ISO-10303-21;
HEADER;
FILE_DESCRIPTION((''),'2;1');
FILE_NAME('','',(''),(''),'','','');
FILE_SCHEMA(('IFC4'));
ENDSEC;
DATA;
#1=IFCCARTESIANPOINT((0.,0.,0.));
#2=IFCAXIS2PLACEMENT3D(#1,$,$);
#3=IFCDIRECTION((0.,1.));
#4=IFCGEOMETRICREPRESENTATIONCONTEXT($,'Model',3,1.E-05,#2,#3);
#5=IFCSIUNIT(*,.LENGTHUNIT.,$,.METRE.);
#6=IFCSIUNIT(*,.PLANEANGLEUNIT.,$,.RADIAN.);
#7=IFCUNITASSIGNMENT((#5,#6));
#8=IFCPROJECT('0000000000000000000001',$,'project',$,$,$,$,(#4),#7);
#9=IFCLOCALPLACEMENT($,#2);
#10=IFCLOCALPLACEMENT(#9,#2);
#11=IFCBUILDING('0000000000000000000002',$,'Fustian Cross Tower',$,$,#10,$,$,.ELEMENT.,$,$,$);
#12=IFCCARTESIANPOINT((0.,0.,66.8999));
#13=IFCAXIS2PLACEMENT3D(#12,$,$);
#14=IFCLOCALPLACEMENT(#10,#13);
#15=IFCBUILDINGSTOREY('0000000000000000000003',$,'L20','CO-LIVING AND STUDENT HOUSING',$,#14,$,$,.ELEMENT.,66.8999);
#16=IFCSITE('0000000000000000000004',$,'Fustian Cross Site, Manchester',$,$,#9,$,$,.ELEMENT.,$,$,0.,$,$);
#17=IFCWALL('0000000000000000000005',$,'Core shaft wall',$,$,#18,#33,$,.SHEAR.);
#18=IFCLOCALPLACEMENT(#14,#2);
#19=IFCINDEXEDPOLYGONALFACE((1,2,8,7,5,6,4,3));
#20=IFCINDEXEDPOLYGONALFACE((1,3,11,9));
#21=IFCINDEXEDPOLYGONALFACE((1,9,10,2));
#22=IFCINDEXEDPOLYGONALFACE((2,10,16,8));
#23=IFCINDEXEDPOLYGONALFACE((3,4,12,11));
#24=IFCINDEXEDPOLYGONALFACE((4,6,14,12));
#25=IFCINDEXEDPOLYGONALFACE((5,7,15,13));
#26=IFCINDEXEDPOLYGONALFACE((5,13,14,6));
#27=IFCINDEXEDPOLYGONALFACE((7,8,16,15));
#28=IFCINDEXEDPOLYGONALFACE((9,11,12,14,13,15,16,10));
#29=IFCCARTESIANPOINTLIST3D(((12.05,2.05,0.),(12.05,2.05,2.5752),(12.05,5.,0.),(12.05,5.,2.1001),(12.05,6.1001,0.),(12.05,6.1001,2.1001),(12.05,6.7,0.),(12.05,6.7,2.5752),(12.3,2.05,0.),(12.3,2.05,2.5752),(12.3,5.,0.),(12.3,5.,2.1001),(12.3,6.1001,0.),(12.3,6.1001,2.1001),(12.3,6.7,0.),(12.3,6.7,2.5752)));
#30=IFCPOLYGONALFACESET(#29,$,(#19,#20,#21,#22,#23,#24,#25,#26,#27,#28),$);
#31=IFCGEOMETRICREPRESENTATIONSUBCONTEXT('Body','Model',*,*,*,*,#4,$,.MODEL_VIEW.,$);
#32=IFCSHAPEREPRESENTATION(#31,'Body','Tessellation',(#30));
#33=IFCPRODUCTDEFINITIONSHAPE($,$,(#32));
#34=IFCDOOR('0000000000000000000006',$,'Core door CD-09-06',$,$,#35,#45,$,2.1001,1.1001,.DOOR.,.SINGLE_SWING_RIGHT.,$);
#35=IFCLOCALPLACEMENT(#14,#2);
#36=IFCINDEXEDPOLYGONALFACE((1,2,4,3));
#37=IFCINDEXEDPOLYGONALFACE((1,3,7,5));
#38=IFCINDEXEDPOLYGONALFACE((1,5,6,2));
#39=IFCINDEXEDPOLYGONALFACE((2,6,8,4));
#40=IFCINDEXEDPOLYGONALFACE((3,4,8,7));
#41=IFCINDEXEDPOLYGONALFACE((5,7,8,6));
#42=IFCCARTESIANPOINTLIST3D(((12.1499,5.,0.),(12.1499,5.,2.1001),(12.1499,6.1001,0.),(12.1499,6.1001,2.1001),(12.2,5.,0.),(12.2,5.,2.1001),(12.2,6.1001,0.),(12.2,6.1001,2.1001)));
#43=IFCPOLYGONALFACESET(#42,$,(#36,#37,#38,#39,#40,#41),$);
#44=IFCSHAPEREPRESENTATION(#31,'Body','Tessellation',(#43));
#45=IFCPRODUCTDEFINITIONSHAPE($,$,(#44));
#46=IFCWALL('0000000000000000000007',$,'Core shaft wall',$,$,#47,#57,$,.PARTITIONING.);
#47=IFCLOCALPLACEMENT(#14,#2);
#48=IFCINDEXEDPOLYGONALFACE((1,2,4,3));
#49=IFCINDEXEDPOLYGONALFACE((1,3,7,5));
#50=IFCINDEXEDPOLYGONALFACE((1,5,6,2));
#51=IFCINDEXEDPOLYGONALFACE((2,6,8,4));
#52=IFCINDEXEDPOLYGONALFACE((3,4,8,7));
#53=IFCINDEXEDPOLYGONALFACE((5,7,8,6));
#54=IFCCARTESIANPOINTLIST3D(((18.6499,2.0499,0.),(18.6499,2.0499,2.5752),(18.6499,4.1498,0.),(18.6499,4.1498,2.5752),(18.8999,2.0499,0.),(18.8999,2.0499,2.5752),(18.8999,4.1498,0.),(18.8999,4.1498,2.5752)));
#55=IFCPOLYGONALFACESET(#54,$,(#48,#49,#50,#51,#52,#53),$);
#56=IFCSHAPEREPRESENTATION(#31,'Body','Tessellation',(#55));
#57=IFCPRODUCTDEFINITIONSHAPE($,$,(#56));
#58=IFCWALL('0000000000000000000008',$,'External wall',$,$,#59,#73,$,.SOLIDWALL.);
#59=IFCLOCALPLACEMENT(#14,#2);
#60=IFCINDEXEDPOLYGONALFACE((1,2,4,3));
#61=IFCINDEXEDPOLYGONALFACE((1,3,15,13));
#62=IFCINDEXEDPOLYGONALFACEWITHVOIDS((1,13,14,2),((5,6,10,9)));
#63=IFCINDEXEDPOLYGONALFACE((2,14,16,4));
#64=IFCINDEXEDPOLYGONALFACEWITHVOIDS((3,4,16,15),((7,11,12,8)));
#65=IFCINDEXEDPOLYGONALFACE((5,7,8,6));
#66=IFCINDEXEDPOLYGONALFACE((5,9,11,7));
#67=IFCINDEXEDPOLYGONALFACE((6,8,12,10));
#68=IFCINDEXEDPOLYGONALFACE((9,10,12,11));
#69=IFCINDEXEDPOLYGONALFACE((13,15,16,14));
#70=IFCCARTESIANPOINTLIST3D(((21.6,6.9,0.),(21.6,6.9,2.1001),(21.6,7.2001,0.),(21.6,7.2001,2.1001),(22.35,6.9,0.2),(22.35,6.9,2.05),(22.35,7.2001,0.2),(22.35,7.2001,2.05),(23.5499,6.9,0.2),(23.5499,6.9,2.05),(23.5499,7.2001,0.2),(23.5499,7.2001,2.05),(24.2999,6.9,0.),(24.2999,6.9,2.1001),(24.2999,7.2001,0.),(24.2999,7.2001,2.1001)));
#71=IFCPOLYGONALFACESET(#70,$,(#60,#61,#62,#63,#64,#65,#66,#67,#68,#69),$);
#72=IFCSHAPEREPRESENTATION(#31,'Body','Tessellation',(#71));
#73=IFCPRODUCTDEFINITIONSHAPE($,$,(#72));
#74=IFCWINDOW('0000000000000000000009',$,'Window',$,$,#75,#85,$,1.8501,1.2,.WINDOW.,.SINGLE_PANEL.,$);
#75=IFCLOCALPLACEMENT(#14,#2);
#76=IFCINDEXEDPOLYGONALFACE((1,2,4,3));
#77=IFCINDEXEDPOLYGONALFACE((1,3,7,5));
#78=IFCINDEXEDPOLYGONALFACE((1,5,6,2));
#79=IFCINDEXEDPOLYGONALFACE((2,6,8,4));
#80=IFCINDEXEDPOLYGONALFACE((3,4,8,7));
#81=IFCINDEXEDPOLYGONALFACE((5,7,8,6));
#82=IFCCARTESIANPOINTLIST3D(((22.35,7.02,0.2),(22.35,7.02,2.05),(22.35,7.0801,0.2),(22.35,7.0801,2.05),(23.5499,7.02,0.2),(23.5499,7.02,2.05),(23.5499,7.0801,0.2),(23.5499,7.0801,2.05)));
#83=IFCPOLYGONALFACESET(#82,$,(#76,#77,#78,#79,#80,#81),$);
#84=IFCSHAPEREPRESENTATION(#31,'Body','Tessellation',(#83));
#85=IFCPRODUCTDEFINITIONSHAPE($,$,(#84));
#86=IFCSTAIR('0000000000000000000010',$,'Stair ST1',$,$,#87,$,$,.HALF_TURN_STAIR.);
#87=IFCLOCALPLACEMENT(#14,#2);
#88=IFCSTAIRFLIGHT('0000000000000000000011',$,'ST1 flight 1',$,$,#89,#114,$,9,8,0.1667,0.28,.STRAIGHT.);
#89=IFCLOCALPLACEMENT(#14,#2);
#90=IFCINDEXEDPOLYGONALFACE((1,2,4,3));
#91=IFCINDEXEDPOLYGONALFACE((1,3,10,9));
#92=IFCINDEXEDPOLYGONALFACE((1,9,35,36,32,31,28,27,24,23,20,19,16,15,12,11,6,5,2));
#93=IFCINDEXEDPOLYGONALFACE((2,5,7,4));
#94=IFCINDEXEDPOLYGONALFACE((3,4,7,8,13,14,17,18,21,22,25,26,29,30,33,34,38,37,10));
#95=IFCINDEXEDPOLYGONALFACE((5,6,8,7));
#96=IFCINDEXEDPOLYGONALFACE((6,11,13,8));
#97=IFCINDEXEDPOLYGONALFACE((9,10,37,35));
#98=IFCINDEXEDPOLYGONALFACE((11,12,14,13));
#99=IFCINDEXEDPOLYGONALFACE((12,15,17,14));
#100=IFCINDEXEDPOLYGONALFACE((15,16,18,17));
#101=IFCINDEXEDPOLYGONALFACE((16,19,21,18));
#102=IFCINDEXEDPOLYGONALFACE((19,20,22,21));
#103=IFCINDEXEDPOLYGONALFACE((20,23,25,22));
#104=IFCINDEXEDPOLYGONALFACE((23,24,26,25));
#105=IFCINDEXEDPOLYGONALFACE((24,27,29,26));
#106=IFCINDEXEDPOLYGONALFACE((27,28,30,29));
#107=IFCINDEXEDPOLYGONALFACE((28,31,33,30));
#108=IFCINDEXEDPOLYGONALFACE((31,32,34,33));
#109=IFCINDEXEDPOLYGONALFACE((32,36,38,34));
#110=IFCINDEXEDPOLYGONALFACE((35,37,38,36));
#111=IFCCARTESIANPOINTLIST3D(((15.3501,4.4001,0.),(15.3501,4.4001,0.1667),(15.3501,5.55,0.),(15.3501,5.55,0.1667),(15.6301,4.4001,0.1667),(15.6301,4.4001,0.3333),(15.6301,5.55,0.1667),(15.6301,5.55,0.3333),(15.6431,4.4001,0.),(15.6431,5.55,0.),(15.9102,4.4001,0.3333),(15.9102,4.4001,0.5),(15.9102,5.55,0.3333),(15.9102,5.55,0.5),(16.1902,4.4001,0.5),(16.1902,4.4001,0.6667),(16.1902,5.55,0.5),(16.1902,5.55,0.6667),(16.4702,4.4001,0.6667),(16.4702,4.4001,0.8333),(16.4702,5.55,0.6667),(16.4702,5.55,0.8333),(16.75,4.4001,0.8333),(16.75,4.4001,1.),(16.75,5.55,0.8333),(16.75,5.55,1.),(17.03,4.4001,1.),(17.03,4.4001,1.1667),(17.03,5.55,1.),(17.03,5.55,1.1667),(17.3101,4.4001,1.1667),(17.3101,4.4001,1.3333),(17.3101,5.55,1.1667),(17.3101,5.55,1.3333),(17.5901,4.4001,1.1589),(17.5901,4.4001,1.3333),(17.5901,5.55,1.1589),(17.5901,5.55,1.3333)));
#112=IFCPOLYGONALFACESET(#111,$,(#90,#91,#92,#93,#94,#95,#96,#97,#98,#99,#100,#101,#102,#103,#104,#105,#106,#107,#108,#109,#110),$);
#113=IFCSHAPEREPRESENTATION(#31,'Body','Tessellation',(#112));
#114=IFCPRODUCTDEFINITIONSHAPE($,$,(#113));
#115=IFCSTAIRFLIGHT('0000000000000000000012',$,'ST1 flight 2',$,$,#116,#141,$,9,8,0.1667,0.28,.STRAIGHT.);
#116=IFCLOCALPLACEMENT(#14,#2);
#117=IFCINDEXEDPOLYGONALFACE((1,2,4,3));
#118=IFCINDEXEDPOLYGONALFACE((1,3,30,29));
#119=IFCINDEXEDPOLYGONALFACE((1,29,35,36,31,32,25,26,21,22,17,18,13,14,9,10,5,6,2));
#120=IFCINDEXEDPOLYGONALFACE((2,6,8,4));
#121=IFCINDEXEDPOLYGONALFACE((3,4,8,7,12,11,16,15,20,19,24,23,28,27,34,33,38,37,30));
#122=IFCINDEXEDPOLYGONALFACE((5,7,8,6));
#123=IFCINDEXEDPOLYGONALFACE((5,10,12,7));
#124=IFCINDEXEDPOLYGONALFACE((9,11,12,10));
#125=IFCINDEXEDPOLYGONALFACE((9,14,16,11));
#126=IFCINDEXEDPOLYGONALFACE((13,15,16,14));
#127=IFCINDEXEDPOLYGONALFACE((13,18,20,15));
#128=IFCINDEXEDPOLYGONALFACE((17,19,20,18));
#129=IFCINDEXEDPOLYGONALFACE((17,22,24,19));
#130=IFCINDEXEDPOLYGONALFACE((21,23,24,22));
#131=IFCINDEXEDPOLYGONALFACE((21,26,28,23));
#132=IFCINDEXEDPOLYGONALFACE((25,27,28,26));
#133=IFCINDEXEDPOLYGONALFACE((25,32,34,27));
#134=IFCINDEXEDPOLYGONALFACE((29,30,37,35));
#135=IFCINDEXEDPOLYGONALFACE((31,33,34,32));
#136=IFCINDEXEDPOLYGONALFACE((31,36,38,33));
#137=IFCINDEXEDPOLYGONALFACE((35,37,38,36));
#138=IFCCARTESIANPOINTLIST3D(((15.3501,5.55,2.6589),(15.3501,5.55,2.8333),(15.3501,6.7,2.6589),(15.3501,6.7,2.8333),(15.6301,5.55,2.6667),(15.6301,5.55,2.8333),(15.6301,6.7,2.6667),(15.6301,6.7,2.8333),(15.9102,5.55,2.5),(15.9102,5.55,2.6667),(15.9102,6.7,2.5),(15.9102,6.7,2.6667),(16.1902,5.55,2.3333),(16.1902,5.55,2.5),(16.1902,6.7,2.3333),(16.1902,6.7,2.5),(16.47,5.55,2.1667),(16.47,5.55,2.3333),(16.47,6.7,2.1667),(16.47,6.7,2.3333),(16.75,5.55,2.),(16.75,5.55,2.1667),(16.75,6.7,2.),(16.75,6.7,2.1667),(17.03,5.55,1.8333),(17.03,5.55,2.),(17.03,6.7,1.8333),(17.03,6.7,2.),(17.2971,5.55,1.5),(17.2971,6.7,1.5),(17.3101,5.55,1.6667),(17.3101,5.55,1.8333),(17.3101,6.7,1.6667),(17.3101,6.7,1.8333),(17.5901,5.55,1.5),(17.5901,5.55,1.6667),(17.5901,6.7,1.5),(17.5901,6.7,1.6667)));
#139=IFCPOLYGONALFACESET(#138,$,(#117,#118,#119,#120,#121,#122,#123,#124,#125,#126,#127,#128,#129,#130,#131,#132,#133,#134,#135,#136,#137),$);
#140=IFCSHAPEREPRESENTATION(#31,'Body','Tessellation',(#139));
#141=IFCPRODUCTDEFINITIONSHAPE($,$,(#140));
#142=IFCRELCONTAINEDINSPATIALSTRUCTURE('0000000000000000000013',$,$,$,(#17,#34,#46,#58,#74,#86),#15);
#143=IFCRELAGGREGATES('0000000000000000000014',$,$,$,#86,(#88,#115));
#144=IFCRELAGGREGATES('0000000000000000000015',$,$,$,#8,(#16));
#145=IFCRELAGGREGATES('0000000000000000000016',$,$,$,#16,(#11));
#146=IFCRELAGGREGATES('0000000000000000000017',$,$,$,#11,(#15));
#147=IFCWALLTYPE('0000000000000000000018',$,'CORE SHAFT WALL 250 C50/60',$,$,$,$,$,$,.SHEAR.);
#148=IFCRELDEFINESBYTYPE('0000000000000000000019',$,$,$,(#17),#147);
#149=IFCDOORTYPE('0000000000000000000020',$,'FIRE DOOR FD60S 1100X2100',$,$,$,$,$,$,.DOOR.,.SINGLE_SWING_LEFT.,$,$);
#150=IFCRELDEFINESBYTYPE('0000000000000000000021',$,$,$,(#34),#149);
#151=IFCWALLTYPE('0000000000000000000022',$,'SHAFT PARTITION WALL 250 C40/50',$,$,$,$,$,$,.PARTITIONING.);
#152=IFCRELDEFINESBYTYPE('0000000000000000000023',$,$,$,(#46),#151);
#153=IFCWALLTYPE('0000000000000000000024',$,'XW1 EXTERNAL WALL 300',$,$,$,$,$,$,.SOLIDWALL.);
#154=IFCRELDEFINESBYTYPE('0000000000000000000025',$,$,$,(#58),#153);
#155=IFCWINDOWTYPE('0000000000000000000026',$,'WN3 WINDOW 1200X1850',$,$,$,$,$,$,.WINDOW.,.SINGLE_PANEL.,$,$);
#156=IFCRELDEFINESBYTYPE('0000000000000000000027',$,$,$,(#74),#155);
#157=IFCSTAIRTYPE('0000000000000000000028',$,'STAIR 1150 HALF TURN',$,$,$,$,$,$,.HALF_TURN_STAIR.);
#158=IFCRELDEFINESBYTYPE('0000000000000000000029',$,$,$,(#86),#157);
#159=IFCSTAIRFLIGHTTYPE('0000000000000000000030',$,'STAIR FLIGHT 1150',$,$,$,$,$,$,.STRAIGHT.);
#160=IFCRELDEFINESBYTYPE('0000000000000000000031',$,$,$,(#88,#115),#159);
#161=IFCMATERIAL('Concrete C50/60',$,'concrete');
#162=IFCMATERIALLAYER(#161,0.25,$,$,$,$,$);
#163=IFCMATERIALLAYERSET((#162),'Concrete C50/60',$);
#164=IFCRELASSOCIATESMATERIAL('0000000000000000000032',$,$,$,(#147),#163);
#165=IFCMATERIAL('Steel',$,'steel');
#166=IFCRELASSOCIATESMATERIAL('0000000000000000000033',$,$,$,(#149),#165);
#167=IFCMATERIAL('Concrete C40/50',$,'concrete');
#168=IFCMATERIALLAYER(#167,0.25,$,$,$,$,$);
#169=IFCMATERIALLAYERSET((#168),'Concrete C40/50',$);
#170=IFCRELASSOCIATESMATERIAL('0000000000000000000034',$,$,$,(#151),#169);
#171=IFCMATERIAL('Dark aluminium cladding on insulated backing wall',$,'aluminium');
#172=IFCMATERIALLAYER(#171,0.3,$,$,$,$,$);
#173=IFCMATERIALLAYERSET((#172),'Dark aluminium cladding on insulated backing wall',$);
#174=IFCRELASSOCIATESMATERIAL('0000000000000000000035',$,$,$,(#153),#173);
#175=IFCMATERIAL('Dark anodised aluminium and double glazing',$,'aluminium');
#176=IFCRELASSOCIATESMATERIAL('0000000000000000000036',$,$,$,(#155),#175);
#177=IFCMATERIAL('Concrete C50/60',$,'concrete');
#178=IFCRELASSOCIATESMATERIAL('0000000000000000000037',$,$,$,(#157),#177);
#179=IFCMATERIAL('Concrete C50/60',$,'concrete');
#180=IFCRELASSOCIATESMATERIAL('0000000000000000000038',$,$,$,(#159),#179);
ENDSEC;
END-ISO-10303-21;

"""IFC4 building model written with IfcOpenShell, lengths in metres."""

from ifc_helpers import new_model, si_unit, direction, frame, frame_2d, origin, place, context, subcontext, project, spatial, polyline, rectangle, outline, extrude, material, layer, layer_set, type_object, element, fill, aggregate, save


model = new_model("IFC4")

# Units and contexts
model_context = context("Model", 3, precision=1e-05, world=origin(), true_north=direction((0.0, 1.0)))
body_context = subcontext(model_context, "Body", "Model", "MODEL_VIEW")
ifc_project = project(units=[si_unit("LENGTHUNIT", "METRE"), si_unit("PLANEANGLEUNIT", "RADIAN")], contexts=[model_context])

# Site, building, storey
site_placement = place(None, origin())
site = spatial("IfcSite", under=ifc_project, at=site_placement, Name="Fustian Cross Site, Manchester", CompositionType="ELEMENT", RefElevation=0.0)
building_placement = place(site_placement, origin())
building = spatial("IfcBuilding", under=site, at=building_placement, Name="Fustian Cross Tower", CompositionType="ELEMENT")
storey_placement = place(building_placement, frame((0.0, 0.0, 66.8999)))
storey = spatial("IfcBuildingStorey", under=building, at=storey_placement, Name="L20", Description="CO-LIVING AND STUDENT HOUSING", CompositionType="ELEMENT", Elevation=66.8999)

# Shared definitions
ifc_material_1 = material(Name="Concrete C50/60", Category="concrete")
ifc_layer_1 = layer(ifc_material_1, 0.25)
ifc_layer_set_1 = layer_set([ifc_layer_1], Name="Concrete C50/60")
wall_type_1 = type_object("IfcWallType", Name="CORE SHAFT WALL 250 C50/60", PredefinedType="SHEAR", material=ifc_layer_set_1)

# Wall, opening, door
wall_1_placement = place(storey_placement, frame((12.175, 2.05, 0.0), z_axis=(0.0, 0.0, 1.0), x_axis=(0.0, 1.0, 0.0)))
wall_1 = element("IfcWall", 1, at=wall_1_placement, inside=storey, type_object=wall_type_1, Name="Core shaft wall", PredefinedType="SHEAR", context=body_context, shape_type="SweptSolid", body=[
    extrude(rectangle(XDim=4.6499, YDim=0.25, at=frame_2d((2.325, 0.0))), origin(), (0.0, 0.0, 1.0), 2.5752),
])
opening_1_placement = place(wall_1_placement, frame((2.95, 0.0, 0.0)))
opening_1 = element("IfcOpeningElement", 2, at=opening_1_placement, cuts=wall_1, PredefinedType="OPENING", context=body_context, shape_type="SweptSolid", body=[
    extrude(rectangle(XDim=1.1001, YDim=2.1001, at=frame_2d((0.55, 1.05))), frame((0.0, 0.135, 0.0), z_axis=(0.0, -1.0, 0.0), x_axis=(1.0, 0.0, 0.0)), (0.0, 0.0, 1.0), 0.27),
])
ifc_material_2 = material(Name="Steel", Category="steel")
door_type_1 = type_object("IfcDoorType", Name="FIRE DOOR FD60S 1100X2100", OperationType="SINGLE_SWING_LEFT", PredefinedType="DOOR", material=ifc_material_2)
door_1_placement = place(opening_1_placement, frame((1.1001, 0.0, 0.0), z_axis=(0.0, 0.0, 1.0), x_axis=(-1.0, 0.0, 0.0)))
door_1 = element("IfcDoor", 3, at=door_1_placement, inside=storey, type_object=door_type_1, Name="Core door CD-09-06", OperationType="SINGLE_SWING_RIGHT", OverallHeight=2.1001, OverallWidth=1.1001, PredefinedType="DOOR", context=body_context, shape_type="SweptSolid", body=[
    extrude(rectangle(XDim=1.1001, YDim=2.1001, at=frame_2d((0.55, 1.05))), frame((0.0, 0.0249, 0.0), z_axis=(0.0, -1.0, 0.0), x_axis=(1.0, 0.0, 0.0)), (0.0, 0.0, 1.0), 0.05),
])
fill(opening_1, door_1)

# Wall
ifc_material_3 = material(Name="Concrete C40/50", Category="concrete")
ifc_layer_2 = layer(ifc_material_3, 0.25)
ifc_layer_set_2 = layer_set([ifc_layer_2], Name="Concrete C40/50")
wall_type_2 = type_object("IfcWallType", Name="SHAFT PARTITION WALL 250 C40/50", PredefinedType="PARTITIONING", material=ifc_layer_set_2)
wall_2_placement = place(storey_placement, frame((18.7749, 2.05, 0.0), z_axis=(0.0, 0.0, 1.0), x_axis=(0.0, 1.0, 0.0)))
element("IfcWall", 4, at=wall_2_placement, inside=storey, type_object=wall_type_2, Name="Core shaft wall", PredefinedType="PARTITIONING", context=body_context, shape_type="SweptSolid", body=[
    extrude(rectangle(XDim=2.0999, YDim=0.25, at=frame_2d((1.0498, 0.0))), origin(), (0.0, 0.0, 1.0), 2.5752),
])

# Wall, opening, window
ifc_material_4 = material(Name="Dark aluminium cladding on insulated backing wall", Category="aluminium")
ifc_layer_3 = layer(ifc_material_4, 0.3)
ifc_layer_set_3 = layer_set([ifc_layer_3], Name="Dark aluminium cladding on insulated backing wall")
wall_type_3 = type_object("IfcWallType", Name="XW1 EXTERNAL WALL 300", PredefinedType="SOLIDWALL", material=ifc_layer_set_3)
wall_3_placement = place(storey_placement, frame((24.3, 7.05, 0.0), z_axis=(0.0, 0.0, 1.0), x_axis=(-1.0, 0.0, 0.0)))
wall_3 = element("IfcWall", 5, at=wall_3_placement, inside=storey, type_object=wall_type_3, Name="External wall", PredefinedType="SOLIDWALL", context=body_context, shape_type="SweptSolid", body=[
    extrude(rectangle(XDim=2.7, YDim=0.3, at=frame_2d((1.3501, 0.0))), origin(), (0.0, 0.0, 1.0), 2.1001),
])
opening_2_placement = place(wall_3_placement, frame((0.75, 0.0, 0.2)))
opening_2 = element("IfcOpeningElement", 6, at=opening_2_placement, cuts=wall_3, PredefinedType="OPENING", context=body_context, shape_type="SweptSolid", body=[
    extrude(rectangle(XDim=1.2, YDim=1.8501, at=frame_2d((0.6001, 0.925))), frame((0.0, 0.1599, 0.0), z_axis=(0.0, -1.0, 0.0), x_axis=(1.0, 0.0, 0.0)), (0.0, 0.0, 1.0), 0.3201),
])
ifc_material_5 = material(Name="Dark anodised aluminium and double glazing", Category="aluminium")
window_type = type_object("IfcWindowType", Name="WN3 WINDOW 1200X1850", PartitioningType="SINGLE_PANEL", PredefinedType="WINDOW", material=ifc_material_5)
window_placement = place(opening_2_placement, origin())
window = element("IfcWindow", 7, at=window_placement, inside=storey, type_object=window_type, Name="Window", OverallHeight=1.8501, OverallWidth=1.2, PartitioningType="SINGLE_PANEL", PredefinedType="WINDOW", context=body_context, shape_type="SweptSolid", body=[
    extrude(rectangle(XDim=1.2, YDim=1.8501, at=frame_2d((0.6001, 0.925))), frame((0.0, 0.03, 0.0), z_axis=(0.0, -1.0, 0.0), x_axis=(1.0, 0.0, 0.0)), (0.0, 0.0, 1.0), 0.0601),
])
fill(opening_2, window)

# Stair, stair flights
ifc_material_6 = material(Name="Concrete C50/60", Category="concrete")
stair_type = type_object("IfcStairType", Name="STAIR 1150 HALF TURN", PredefinedType="HALF_TURN_STAIR", material=ifc_material_6)
stair_placement = place(storey_placement, origin())
stair = element("IfcStair", 8, at=stair_placement, inside=storey, type_object=stair_type, Name="Stair ST1", PredefinedType="HALF_TURN_STAIR")
ifc_material_7 = material(Name="Concrete C50/60", Category="concrete")
stair_flight_type = type_object("IfcStairFlightType", Name="STAIR FLIGHT 1150", PredefinedType="STRAIGHT", material=ifc_material_7)
stair_flight_1_placement = place(storey_placement, frame((15.3501, 4.9751, 0.0), z_axis=(0.0, 0.0, 1.0), x_axis=(1.0, 0.0, 0.0)))
stair_flight_1 = element("IfcStairFlight", 9, at=stair_flight_1_placement, type_object=stair_flight_type, Name="ST1 flight 1", NumberOfRisers=9, NumberOfTreads=8, PredefinedType="STRAIGHT", RiserHeight=0.1667, TreadLength=0.28, context=body_context, shape_type="SweptSolid", body=[
    extrude(outline(polyline([(0.0, 0.0), (0.0, 0.1667), (0.28, 0.1667), (0.28, 0.3333), (0.5601, 0.3333), (0.5601, 0.5), (0.8401, 0.5), (0.8401, 0.6667), (1.1201, 0.6667), (1.1201, 0.8333), (1.3999, 0.8333), (1.3999, 1.0), (1.6799, 1.0), (1.6799, 1.1667), (1.96, 1.1667), (1.96, 1.3333), (2.24, 1.3333), (2.24, 1.5), (2.24, 1.1589), (0.293, 0.0), (0.0, 0.0)])), frame((0.0, 0.575, 0.0), z_axis=(0.0, -1.0, 0.0), x_axis=(1.0, 0.0, 0.0)), (0.0, 0.0, 1.0), 1.1499),
])
stair_flight_2_placement = place(storey_placement, frame((17.5901, 6.125, 1.5), z_axis=(0.0, 0.0, 1.0), x_axis=(-1.0, 0.0, 0.0)))
stair_flight_2 = element("IfcStairFlight", 10, at=stair_flight_2_placement, type_object=stair_flight_type, Name="ST1 flight 2", NumberOfRisers=9, NumberOfTreads=8, PredefinedType="STRAIGHT", RiserHeight=0.1667, TreadLength=0.28, context=body_context, shape_type="SweptSolid", body=[
    extrude(outline(polyline([(0.0, 0.0), (0.0, 0.1667), (0.28, 0.1667), (0.28, 0.3333), (0.5601, 0.3333), (0.5601, 0.5), (0.8401, 0.5), (0.8401, 0.6667), (1.1201, 0.6667), (1.1201, 0.8333), (1.3999, 0.8333), (1.3999, 1.0), (1.6799, 1.0), (1.6799, 1.1667), (1.96, 1.1667), (1.96, 1.3333), (2.24, 1.3333), (2.24, 1.5), (2.24, 1.1589), (0.293, 0.0), (0.0, 0.0)])), frame((0.0, 0.575, 0.0), z_axis=(0.0, -1.0, 0.0), x_axis=(1.0, 0.0, 0.0)), (0.0, 0.0, 1.0), 1.1499),
])
aggregate(stair, [stair_flight_1, stair_flight_2])

save(model, "model.ifc")
